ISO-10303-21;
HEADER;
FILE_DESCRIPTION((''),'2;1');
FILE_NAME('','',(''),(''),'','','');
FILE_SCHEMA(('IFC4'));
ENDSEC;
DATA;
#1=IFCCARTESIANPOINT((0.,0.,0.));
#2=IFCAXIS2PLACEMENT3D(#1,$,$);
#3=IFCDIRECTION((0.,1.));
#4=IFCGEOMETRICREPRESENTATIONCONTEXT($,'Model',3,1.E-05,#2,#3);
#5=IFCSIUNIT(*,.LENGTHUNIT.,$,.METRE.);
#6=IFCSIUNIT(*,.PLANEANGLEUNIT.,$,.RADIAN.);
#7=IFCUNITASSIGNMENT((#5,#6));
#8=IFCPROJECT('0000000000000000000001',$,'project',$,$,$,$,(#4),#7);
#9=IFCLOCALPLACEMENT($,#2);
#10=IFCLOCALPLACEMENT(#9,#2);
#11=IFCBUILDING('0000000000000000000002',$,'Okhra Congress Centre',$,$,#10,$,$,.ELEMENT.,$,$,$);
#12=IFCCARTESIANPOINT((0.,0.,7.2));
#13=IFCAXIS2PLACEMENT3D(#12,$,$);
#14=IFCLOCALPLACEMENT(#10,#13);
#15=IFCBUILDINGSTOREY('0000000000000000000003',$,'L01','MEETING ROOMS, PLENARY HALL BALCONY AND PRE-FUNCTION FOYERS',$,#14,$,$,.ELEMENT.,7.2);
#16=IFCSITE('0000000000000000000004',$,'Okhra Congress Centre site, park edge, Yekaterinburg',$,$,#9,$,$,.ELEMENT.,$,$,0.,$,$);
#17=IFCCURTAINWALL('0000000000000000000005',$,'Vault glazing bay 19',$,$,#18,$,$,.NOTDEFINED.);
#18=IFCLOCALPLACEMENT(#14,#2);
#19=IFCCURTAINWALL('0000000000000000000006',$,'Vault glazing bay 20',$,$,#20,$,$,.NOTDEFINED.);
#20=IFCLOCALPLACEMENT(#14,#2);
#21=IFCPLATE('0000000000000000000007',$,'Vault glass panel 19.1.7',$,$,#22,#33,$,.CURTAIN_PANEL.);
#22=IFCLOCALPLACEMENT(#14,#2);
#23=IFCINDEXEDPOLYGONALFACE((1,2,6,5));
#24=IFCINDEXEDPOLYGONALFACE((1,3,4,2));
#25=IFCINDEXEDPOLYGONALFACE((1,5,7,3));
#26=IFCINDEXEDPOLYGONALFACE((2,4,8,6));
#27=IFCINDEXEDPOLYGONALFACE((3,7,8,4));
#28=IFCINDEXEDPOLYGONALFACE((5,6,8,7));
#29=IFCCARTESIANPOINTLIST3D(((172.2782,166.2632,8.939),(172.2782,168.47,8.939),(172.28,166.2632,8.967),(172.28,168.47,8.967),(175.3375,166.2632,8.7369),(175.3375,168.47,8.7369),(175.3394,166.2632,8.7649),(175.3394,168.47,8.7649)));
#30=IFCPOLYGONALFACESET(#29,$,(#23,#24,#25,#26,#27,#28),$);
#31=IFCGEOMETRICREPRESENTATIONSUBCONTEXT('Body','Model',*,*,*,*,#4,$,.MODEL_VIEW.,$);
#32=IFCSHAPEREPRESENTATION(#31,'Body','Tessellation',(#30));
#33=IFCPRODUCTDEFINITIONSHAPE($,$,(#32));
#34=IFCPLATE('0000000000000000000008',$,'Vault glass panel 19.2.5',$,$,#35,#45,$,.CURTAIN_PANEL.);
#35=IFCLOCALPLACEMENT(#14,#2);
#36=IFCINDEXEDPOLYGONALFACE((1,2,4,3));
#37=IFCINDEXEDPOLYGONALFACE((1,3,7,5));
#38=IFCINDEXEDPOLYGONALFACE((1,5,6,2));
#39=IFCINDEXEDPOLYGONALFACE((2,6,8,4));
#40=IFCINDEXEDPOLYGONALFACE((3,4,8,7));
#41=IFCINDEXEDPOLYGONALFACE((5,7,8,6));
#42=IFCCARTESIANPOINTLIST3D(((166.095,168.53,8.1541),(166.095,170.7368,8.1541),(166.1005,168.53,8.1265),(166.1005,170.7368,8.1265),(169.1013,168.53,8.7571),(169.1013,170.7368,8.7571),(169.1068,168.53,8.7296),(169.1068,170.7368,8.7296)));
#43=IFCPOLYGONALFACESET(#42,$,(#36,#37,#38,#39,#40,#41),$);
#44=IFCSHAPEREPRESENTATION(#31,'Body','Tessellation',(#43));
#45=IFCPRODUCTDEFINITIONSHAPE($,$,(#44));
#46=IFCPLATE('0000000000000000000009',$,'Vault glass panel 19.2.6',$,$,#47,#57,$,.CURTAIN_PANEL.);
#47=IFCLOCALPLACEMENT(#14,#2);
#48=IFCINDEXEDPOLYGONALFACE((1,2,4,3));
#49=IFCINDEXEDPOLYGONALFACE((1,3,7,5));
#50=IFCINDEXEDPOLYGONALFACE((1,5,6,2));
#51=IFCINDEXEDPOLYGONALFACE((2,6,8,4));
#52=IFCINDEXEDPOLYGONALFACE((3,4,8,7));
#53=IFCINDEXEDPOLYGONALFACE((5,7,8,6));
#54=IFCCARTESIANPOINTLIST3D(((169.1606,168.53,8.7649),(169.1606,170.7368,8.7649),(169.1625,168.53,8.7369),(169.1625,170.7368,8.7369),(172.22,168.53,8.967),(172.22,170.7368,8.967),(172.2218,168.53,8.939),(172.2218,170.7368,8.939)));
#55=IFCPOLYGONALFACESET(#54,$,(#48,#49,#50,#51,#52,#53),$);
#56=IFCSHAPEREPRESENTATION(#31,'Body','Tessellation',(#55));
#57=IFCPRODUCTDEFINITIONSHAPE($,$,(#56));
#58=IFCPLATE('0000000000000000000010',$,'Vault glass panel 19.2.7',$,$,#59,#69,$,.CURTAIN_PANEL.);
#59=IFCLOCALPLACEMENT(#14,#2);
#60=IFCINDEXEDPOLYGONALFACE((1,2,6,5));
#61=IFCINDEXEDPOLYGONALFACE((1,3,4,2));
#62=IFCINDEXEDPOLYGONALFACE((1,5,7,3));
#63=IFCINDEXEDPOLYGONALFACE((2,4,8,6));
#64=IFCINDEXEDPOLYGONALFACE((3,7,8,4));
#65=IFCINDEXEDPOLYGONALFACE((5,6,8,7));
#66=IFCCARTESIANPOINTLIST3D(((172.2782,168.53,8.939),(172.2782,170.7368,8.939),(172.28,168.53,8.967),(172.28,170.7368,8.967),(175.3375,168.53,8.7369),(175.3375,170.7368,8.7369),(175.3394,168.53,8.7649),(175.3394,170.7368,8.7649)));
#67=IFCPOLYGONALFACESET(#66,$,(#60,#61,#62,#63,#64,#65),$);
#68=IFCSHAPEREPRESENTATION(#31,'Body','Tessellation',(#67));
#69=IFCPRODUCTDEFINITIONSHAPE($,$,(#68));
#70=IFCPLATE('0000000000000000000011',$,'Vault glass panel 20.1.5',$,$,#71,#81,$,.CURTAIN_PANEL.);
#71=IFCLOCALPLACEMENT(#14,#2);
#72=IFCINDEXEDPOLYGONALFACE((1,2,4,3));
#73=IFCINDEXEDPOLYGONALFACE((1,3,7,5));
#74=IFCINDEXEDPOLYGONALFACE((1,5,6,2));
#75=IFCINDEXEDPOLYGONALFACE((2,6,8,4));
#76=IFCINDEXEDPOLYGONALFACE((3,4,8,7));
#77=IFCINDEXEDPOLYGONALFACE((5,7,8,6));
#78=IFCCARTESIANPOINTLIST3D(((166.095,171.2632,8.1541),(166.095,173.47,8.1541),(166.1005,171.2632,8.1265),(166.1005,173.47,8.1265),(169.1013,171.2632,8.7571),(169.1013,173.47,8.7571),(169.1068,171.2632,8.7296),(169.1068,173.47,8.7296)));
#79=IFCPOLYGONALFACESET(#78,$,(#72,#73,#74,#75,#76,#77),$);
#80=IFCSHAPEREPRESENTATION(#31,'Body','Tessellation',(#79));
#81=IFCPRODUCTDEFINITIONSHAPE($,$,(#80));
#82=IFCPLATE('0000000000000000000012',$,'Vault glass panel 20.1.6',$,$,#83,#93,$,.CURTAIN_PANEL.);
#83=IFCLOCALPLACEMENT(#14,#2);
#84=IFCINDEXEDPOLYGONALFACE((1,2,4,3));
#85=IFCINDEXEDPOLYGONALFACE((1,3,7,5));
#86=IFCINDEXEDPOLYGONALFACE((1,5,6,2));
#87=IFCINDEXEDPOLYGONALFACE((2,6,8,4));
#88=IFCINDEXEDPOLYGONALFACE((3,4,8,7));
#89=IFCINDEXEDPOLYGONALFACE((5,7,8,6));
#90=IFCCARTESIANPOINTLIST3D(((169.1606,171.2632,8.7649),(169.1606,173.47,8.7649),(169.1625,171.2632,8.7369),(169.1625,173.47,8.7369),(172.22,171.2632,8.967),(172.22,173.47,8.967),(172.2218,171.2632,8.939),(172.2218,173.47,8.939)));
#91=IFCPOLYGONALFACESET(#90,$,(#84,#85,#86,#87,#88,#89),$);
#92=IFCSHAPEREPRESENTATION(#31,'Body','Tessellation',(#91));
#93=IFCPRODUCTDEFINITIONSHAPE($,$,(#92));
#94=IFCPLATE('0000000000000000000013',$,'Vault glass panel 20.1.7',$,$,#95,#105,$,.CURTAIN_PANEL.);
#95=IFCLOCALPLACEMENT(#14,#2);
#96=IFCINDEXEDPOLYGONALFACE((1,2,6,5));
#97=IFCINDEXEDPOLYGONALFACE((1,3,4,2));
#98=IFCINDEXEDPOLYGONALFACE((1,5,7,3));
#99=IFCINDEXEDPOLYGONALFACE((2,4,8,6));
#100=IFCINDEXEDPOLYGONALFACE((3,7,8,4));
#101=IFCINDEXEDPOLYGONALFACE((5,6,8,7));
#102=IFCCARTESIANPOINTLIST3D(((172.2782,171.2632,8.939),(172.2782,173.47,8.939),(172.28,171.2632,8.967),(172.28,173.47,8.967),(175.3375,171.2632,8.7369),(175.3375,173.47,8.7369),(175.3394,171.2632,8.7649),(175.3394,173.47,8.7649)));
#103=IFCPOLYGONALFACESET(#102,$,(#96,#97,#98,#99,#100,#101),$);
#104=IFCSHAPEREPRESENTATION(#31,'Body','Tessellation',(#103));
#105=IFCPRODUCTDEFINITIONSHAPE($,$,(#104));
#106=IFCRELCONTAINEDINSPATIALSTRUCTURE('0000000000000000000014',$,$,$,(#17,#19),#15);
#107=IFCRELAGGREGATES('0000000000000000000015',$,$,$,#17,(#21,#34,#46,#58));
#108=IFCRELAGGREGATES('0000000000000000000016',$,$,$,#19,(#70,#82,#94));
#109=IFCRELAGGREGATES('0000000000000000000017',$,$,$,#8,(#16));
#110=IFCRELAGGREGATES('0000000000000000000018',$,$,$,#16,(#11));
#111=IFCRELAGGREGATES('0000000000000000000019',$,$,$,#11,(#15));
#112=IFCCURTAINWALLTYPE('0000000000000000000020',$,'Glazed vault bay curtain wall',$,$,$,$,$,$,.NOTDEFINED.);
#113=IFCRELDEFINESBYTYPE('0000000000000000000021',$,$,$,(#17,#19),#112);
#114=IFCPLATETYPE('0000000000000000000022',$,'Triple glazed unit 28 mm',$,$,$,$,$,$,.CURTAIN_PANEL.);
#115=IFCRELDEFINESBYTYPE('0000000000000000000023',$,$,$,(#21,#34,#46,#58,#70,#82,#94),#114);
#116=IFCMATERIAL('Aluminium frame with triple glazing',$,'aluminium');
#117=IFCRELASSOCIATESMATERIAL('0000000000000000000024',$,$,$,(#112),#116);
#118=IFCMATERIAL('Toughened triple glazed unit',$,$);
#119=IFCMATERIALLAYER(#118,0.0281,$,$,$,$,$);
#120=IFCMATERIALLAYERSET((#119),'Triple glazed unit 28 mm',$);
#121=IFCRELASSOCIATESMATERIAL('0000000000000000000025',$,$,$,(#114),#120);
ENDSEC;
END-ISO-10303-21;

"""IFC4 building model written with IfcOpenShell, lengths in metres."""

from ifc_helpers import new_model, si_unit, direction, frame, origin, place, context, subcontext, project, spatial, polyline, outline, extrude, material, layer, layer_set, type_object, element, aggregate, save


model = new_model("IFC4")

# Units and contexts
model_context = context("Model", 3, precision=1e-05, world=origin(), true_north=direction((0.0, 1.0)))
body_context = subcontext(model_context, "Body", "Model", "MODEL_VIEW")
ifc_project = project(units=[si_unit("LENGTHUNIT", "METRE"), si_unit("PLANEANGLEUNIT", "RADIAN")], contexts=[model_context])

# Site, building, storey
site_placement = place(None, origin())
site = spatial("IfcSite", under=ifc_project, at=site_placement, Name="Okhra Congress Centre site, park edge, Yekaterinburg", CompositionType="ELEMENT", RefElevation=0.0)
building_placement = place(site_placement, origin())
building = spatial("IfcBuilding", under=site, at=building_placement, Name="Okhra Congress Centre", CompositionType="ELEMENT")
storey_placement = place(building_placement, frame((0.0, 0.0, 7.2)))
storey = spatial("IfcBuildingStorey", under=building, at=storey_placement, Name="L01", Description="MEETING ROOMS, PLENARY HALL BALCONY AND PRE-FUNCTION FOYERS", CompositionType="ELEMENT", Elevation=7.2)

# Curtain walls
ifc_material_1 = material(Name="Aluminium frame with triple glazing", Category="aluminium")
curtain_wall_type = type_object("IfcCurtainWallType", Name="Glazed vault bay curtain wall", PredefinedType="NOTDEFINED", material=ifc_material_1)
curtain_wall_1_placement = place(storey_placement, origin())
curtain_wall_1 = element("IfcCurtainWall", 1, at=curtain_wall_1_placement, inside=storey, type_object=curtain_wall_type, Name="Vault glazing bay 19", PredefinedType="NOTDEFINED")
curtain_wall_2_placement = place(storey_placement, origin())
curtain_wall_2 = element("IfcCurtainWall", 2, at=curtain_wall_2_placement, inside=storey, type_object=curtain_wall_type, Name="Vault glazing bay 20", PredefinedType="NOTDEFINED")

# Plates
ifc_material_2 = material(Name="Toughened triple glazed unit")
ifc_layer = layer(ifc_material_2, 0.0281)
ifc_layer_set = layer_set([ifc_layer], Name="Triple glazed unit 28 mm")
plate_type = type_object("IfcPlateType", Name="Triple glazed unit 28 mm", PredefinedType="CURTAIN_PANEL", material=ifc_layer_set)
plate_1_placement = place(storey_placement, frame((172.28, 166.2632, 8.967), z_axis=(0.065932, 0.0, 0.997824), x_axis=(0.997824, 0.0, -0.065932)))
plate_1 = element("IfcPlate", 3, at=plate_1_placement, type_object=plate_type, Name="Vault glass panel 19.1.7", PredefinedType="CURTAIN_PANEL", context=body_context, shape_type="SweptSolid", body=[
    extrude(outline(polyline([(0.0, 0.0), (3.066, 0.0), (3.066, 2.2068), (0.0, 2.2068), (0.0, 0.0)])), origin(), (0.0, 0.0, -1.0), 0.0281),
])
plate_2_placement = place(storey_placement, frame((166.095, 168.53, 8.1541), z_axis=(-0.196667, 0.0, 0.98047), x_axis=(0.98047, 0.0, 0.196667)))
plate_2 = element("IfcPlate", 4, at=plate_2_placement, type_object=plate_type, Name="Vault glass panel 19.2.5", PredefinedType="CURTAIN_PANEL", context=body_context, shape_type="SweptSolid", body=[
    extrude(outline(polyline([(0.0, 0.0), (3.0662, 0.0), (3.0662, 2.2068), (0.0, 2.2068), (0.0, 0.0)])), origin(), (0.0, 0.0, -1.0), 0.0281),
])
plate_3_placement = place(storey_placement, frame((169.1606, 168.53, 8.7649), z_axis=(-0.065932, 0.0, 0.997824), x_axis=(0.997824, 0.0, 0.065932)))
plate_3 = element("IfcPlate", 5, at=plate_3_placement, type_object=plate_type, Name="Vault glass panel 19.2.6", PredefinedType="CURTAIN_PANEL", context=body_context, shape_type="SweptSolid", body=[
    extrude(outline(polyline([(0.0, 0.0), (3.066, 0.0), (3.066, 2.2068), (0.0, 2.2068), (0.0, 0.0)])), origin(), (0.0, 0.0, -1.0), 0.0281),
])
plate_4_placement = place(storey_placement, frame((172.28, 168.53, 8.967), z_axis=(0.065932, 0.0, 0.997824), x_axis=(0.997824, 0.0, -0.065932)))
plate_4 = element("IfcPlate", 6, at=plate_4_placement, type_object=plate_type, Name="Vault glass panel 19.2.7", PredefinedType="CURTAIN_PANEL", context=body_context, shape_type="SweptSolid", body=[
    extrude(outline(polyline([(0.0, 0.0), (3.066, 0.0), (3.066, 2.2068), (0.0, 2.2068), (0.0, 0.0)])), origin(), (0.0, 0.0, -1.0), 0.0281),
])
aggregate(curtain_wall_1, [plate_1, plate_2, plate_3, plate_4])
plate_5_placement = place(storey_placement, frame((166.095, 171.2632, 8.1541), z_axis=(-0.196667, 0.0, 0.98047), x_axis=(0.98047, 0.0, 0.196667)))
plate_5 = element("IfcPlate", 7, at=plate_5_placement, type_object=plate_type, Name="Vault glass panel 20.1.5", PredefinedType="CURTAIN_PANEL", context=body_context, shape_type="SweptSolid", body=[
    extrude(outline(polyline([(0.0, 0.0), (3.0662, 0.0), (3.0662, 2.2068), (0.0, 2.2068), (0.0, 0.0)])), origin(), (0.0, 0.0, -1.0), 0.0281),
])
plate_6_placement = place(storey_placement, frame((169.1606, 171.2632, 8.7649), z_axis=(-0.065932, 0.0, 0.997824), x_axis=(0.997824, 0.0, 0.065932)))
plate_6 = element("IfcPlate", 8, at=plate_6_placement, type_object=plate_type, Name="Vault glass panel 20.1.6", PredefinedType="CURTAIN_PANEL", context=body_context, shape_type="SweptSolid", body=[
    extrude(outline(polyline([(0.0, 0.0), (3.066, 0.0), (3.066, 2.2068), (0.0, 2.2068), (0.0, 0.0)])), origin(), (0.0, 0.0, -1.0), 0.0281),
])
plate_7_placement = place(storey_placement, frame((172.28, 171.2632, 8.967), z_axis=(0.065932, 0.0, 0.997824), x_axis=(0.997824, 0.0, -0.065932)))
plate_7 = element("IfcPlate", 9, at=plate_7_placement, type_object=plate_type, Name="Vault glass panel 20.1.7", PredefinedType="CURTAIN_PANEL", context=body_context, shape_type="SweptSolid", body=[
    extrude(outline(polyline([(0.0, 0.0), (3.066, 0.0), (3.066, 2.2068), (0.0, 2.2068), (0.0, 0.0)])), origin(), (0.0, 0.0, -1.0), 0.0281),
])
aggregate(curtain_wall_2, [plate_5, plate_6, plate_7])

save(model, "model.ifc")
